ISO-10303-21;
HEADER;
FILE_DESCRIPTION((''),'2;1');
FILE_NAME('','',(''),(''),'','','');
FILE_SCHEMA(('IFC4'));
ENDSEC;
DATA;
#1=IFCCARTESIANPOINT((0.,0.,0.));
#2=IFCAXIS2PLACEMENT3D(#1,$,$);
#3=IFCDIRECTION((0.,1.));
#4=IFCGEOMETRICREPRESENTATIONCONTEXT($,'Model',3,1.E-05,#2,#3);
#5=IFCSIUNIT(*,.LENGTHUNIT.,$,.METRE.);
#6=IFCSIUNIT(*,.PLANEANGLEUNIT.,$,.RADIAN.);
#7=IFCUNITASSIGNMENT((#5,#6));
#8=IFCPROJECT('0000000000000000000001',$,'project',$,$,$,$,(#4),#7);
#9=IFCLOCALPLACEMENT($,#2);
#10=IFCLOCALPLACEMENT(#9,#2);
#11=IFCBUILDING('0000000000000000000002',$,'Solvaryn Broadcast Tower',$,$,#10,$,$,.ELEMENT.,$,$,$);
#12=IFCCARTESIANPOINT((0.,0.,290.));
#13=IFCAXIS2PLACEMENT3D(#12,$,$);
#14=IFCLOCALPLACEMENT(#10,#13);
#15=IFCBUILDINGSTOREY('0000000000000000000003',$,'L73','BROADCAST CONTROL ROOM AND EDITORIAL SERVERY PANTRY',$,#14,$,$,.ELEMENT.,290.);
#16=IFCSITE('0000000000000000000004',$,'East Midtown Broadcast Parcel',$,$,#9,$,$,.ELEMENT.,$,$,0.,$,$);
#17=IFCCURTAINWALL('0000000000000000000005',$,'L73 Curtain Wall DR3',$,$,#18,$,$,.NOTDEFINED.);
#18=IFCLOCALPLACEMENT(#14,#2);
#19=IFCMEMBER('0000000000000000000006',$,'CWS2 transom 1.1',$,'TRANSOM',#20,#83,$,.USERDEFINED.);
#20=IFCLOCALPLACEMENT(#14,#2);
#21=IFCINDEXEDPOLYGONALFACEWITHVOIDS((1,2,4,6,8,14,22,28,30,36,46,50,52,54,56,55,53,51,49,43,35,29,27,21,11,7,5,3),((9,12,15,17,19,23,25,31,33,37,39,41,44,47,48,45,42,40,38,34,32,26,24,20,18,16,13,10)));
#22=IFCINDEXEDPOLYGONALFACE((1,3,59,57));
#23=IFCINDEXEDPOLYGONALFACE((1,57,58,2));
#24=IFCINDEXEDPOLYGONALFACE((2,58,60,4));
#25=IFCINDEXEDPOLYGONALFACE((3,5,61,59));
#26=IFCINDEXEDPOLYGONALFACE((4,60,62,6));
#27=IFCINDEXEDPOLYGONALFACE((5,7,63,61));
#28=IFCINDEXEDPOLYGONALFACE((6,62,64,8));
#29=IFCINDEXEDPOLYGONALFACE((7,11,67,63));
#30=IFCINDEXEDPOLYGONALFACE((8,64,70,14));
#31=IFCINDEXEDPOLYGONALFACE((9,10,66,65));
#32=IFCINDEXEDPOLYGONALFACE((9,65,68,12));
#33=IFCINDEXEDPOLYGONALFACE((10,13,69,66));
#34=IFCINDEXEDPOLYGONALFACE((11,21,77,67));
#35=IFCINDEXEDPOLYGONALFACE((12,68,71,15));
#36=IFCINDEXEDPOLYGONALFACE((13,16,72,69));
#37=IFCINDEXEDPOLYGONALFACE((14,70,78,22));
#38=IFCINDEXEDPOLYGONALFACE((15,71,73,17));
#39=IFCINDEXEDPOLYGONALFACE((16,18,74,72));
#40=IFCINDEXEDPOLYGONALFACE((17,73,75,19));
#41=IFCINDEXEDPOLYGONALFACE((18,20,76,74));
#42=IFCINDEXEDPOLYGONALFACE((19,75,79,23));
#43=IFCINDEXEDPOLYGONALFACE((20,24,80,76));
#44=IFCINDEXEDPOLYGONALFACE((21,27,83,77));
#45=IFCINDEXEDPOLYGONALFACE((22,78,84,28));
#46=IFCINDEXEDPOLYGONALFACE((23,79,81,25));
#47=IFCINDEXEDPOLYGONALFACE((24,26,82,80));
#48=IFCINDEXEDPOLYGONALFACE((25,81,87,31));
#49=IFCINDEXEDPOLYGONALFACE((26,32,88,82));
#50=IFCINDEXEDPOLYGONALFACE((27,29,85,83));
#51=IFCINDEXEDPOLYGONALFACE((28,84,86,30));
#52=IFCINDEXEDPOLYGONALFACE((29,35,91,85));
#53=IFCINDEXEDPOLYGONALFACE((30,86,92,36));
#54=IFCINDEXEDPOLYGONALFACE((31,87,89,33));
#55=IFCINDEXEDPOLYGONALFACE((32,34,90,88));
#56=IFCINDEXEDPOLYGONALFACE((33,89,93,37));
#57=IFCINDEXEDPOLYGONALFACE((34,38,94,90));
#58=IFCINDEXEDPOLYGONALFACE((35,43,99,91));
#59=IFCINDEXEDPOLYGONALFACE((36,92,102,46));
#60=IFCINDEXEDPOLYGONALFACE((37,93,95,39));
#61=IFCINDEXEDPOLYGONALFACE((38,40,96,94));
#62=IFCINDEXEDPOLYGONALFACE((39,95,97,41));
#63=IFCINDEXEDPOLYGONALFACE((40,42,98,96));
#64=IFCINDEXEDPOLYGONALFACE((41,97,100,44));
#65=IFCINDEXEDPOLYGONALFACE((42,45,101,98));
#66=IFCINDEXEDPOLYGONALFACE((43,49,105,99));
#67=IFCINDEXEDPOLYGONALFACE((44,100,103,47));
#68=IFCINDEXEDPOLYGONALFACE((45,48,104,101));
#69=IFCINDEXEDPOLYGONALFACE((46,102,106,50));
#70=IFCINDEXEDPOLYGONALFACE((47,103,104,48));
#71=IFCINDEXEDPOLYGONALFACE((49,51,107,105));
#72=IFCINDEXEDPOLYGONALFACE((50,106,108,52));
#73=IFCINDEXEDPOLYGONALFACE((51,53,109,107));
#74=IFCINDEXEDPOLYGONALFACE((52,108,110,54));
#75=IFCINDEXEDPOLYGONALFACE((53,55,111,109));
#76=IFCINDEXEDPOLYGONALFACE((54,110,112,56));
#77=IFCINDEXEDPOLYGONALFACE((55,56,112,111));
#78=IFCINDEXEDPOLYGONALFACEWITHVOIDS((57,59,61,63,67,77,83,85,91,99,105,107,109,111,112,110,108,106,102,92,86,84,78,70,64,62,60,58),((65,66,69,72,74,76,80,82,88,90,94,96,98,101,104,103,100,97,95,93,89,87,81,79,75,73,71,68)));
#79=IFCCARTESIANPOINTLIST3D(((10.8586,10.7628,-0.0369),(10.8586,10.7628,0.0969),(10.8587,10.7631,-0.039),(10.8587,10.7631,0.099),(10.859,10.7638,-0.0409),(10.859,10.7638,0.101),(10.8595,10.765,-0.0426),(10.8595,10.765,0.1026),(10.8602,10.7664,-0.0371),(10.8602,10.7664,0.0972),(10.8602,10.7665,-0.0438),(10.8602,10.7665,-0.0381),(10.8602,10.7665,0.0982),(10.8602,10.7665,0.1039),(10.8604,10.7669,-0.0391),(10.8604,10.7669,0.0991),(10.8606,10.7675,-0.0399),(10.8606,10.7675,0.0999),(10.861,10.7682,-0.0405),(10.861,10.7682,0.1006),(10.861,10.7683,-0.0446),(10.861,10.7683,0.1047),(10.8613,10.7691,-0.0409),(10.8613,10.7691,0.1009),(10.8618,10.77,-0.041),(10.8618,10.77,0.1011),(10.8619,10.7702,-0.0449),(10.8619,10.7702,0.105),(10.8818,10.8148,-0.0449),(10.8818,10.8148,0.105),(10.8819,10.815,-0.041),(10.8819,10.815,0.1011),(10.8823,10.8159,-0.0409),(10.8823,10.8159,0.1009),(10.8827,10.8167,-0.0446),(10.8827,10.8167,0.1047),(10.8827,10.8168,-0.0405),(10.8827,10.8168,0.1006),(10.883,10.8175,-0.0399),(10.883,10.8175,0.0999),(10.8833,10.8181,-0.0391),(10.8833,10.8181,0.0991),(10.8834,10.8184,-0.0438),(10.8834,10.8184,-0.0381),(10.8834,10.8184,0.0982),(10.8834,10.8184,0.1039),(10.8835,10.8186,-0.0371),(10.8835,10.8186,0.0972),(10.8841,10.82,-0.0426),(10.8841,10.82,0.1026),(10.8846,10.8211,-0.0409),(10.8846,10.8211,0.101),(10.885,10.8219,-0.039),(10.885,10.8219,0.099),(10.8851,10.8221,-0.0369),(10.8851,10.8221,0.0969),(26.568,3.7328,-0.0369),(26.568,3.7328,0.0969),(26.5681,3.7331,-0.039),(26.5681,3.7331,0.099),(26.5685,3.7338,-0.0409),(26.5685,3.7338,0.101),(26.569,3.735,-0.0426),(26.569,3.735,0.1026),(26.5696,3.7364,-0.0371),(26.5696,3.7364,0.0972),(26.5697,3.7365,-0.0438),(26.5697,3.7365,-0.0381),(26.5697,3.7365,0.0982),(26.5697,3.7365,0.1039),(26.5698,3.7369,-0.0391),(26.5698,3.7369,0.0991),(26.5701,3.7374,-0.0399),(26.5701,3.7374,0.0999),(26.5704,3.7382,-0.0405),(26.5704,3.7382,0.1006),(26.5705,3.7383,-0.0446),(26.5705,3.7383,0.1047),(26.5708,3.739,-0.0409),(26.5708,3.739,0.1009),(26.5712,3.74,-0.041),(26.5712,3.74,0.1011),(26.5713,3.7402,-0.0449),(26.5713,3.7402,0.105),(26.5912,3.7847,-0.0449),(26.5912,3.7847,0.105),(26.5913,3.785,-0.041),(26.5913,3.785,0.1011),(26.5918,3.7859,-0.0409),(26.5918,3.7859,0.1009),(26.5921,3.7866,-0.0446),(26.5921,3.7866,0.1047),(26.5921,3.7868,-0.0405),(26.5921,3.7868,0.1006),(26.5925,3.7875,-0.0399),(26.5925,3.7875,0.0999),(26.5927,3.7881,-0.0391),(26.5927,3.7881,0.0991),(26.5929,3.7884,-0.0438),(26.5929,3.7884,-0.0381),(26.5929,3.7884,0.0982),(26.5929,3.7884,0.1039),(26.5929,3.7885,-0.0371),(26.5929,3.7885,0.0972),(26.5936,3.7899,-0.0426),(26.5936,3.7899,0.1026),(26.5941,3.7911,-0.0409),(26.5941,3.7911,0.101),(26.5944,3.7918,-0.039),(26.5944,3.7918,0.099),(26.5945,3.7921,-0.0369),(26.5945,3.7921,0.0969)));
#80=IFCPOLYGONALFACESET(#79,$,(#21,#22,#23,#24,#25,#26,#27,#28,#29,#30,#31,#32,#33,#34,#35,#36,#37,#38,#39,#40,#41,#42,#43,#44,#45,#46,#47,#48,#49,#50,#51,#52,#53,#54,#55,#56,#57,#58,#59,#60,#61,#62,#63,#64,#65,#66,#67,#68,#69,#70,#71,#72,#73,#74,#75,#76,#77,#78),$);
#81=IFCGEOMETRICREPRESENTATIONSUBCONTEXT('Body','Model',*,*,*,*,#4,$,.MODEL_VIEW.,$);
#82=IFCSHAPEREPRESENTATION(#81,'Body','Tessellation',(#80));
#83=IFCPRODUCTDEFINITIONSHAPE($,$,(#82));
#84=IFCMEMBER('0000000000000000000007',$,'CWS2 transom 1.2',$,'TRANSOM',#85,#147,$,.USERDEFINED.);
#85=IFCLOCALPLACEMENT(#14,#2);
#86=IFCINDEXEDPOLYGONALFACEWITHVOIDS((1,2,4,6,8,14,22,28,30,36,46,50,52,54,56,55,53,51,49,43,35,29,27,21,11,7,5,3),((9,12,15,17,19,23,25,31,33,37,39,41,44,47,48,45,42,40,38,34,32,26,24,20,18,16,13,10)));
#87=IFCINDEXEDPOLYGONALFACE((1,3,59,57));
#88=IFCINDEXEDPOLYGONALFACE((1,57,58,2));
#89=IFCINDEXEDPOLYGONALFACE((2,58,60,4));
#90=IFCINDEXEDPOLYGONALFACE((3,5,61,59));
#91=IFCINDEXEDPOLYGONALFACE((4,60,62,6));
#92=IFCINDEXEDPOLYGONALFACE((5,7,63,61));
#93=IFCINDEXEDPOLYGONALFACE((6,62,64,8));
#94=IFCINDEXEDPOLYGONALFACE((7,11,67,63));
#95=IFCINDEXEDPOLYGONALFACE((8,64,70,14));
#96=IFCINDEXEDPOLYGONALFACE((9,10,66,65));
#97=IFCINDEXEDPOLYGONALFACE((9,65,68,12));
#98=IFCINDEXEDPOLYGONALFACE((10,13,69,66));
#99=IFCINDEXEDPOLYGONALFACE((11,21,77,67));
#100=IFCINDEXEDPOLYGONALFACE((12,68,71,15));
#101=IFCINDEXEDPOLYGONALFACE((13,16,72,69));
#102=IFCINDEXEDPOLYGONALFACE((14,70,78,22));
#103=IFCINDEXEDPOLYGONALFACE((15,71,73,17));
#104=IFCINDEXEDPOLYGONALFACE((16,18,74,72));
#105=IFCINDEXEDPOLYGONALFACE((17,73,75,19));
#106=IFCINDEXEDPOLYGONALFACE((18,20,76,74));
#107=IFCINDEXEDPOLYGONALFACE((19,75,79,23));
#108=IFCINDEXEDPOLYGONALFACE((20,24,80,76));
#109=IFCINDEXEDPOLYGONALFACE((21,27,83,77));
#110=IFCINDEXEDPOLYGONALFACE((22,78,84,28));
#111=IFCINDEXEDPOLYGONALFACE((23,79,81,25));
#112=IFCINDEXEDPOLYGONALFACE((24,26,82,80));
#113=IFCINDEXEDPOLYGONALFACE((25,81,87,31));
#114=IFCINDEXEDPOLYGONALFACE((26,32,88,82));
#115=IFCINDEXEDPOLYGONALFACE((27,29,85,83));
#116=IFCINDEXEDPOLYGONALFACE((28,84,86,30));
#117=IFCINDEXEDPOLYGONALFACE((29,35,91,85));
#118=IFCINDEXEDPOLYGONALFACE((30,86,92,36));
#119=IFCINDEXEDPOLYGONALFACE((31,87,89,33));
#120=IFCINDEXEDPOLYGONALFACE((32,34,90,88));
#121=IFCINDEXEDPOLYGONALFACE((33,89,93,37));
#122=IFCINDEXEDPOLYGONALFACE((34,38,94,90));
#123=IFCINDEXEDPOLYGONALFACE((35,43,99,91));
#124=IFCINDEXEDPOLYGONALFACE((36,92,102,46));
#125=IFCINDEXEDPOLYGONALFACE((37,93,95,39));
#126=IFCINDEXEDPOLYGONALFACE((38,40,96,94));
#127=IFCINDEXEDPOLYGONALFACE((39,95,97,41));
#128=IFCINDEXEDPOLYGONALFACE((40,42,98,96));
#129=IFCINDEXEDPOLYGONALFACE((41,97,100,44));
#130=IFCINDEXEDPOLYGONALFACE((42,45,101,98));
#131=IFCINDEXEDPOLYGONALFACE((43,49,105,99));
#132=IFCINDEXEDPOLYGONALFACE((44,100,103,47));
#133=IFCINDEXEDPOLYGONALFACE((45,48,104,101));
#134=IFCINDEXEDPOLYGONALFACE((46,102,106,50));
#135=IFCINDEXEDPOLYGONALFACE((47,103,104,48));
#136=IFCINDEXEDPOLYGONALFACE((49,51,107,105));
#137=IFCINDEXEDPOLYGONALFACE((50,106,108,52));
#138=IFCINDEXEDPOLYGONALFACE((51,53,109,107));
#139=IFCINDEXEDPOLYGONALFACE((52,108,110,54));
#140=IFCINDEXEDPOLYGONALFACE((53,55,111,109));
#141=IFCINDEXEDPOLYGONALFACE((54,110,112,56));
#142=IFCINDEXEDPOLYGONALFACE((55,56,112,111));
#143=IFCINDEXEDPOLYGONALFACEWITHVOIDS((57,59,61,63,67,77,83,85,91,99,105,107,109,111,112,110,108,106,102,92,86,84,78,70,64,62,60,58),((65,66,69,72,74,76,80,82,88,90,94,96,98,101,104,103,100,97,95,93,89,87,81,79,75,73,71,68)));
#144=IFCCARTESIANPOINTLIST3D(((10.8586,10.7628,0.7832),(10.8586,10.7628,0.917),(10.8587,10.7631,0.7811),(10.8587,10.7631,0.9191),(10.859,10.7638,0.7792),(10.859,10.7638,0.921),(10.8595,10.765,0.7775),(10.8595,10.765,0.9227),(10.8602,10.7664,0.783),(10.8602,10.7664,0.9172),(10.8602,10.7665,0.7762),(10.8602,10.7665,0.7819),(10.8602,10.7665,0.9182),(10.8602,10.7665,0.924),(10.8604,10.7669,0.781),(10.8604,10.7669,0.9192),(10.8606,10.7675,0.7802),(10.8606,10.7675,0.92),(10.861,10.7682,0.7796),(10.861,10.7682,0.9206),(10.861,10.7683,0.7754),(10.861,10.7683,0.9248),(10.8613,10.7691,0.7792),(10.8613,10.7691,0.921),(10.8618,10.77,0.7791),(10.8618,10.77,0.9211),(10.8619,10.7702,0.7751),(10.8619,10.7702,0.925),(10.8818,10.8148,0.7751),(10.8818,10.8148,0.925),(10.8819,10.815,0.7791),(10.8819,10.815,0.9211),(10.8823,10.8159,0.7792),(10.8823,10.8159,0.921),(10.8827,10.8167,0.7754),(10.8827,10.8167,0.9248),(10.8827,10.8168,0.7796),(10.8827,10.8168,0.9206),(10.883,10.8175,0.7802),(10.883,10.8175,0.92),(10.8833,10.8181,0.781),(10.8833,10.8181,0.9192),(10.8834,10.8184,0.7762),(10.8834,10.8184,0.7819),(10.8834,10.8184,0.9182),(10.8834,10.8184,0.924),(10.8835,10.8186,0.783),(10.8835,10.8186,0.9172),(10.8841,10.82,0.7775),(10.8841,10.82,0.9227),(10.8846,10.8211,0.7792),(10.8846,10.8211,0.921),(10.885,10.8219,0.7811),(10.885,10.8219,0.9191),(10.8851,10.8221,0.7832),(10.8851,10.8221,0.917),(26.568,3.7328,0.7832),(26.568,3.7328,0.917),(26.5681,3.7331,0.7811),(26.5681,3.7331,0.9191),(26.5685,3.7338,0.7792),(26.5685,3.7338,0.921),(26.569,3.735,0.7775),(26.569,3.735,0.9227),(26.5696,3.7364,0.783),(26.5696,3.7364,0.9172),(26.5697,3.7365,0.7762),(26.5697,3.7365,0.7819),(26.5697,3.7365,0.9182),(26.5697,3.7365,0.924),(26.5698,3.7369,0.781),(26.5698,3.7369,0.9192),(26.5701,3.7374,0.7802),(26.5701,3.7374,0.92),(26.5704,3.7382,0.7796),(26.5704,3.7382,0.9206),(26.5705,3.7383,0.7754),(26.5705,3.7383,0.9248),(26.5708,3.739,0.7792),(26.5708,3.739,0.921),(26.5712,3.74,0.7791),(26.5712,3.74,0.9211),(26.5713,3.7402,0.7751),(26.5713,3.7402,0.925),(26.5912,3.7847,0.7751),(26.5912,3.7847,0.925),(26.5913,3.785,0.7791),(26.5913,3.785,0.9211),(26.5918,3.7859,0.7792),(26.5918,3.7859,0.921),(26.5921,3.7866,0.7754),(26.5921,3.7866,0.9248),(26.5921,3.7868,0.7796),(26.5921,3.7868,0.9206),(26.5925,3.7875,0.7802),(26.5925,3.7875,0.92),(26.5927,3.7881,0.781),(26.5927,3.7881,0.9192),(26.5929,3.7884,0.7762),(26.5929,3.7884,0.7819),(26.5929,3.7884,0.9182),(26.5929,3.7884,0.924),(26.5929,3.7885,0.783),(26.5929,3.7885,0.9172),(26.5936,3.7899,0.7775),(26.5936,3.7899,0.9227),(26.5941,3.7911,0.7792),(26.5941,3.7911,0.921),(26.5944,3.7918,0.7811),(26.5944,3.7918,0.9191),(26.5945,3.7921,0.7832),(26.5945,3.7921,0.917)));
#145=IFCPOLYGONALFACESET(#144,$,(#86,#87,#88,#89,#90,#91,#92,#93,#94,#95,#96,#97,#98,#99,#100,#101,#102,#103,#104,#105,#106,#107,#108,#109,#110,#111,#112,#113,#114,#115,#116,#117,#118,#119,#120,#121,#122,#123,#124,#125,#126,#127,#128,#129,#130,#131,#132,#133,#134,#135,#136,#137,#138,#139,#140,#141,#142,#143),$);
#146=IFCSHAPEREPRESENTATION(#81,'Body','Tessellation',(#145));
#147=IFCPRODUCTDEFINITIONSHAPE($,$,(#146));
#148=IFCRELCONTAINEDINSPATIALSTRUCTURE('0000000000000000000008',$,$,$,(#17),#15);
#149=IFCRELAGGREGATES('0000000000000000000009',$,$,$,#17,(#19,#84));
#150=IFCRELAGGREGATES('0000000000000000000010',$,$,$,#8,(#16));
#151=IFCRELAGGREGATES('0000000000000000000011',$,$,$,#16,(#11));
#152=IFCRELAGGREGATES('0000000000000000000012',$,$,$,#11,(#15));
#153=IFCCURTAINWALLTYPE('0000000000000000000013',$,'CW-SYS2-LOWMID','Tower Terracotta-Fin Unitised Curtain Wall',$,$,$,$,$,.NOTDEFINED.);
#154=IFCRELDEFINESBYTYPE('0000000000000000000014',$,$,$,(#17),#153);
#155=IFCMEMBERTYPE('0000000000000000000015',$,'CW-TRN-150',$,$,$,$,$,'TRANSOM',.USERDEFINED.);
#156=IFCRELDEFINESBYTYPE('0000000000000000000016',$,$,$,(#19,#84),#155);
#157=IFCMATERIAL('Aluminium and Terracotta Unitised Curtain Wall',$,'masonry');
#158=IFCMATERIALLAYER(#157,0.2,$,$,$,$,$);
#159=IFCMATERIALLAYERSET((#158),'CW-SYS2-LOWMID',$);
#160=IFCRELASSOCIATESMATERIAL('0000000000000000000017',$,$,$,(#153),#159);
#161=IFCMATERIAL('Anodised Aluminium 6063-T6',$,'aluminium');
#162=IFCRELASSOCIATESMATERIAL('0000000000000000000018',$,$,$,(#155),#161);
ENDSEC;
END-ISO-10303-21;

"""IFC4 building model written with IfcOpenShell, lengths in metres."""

from ifc_helpers import new_model, si_unit, direction, frame, origin, origin_2d, place, context, subcontext, project, spatial, hollow_rectangle, extrude, material, layer, layer_set, material_profile, profile_set, type_object, element, aggregate, save


model = new_model("IFC4")

# Units and contexts
model_context = context("Model", 3, precision=1e-05, world=origin(), true_north=direction((0.0, 1.0)))
body_context = subcontext(model_context, "Body", "Model", "MODEL_VIEW")
ifc_project = project(units=[si_unit("LENGTHUNIT", "METRE"), si_unit("PLANEANGLEUNIT", "RADIAN")], contexts=[model_context])

# Site, building, storey
site_placement = place(None, origin())
site = spatial("IfcSite", under=ifc_project, at=site_placement, Name="East Midtown Broadcast Parcel", CompositionType="ELEMENT", RefElevation=0.0)
building_placement = place(site_placement, origin())
building = spatial("IfcBuilding", under=site, at=building_placement, Name="Solvaryn Broadcast Tower", CompositionType="ELEMENT")
storey_placement = place(building_placement, frame((0.0, 0.0, 290.0)))
storey = spatial("IfcBuildingStorey", under=building, at=storey_placement, Name="L73", Description="BROADCAST CONTROL ROOM AND EDITORIAL SERVERY PANTRY", CompositionType="ELEMENT", Elevation=290.0)

# Curtain wall, members
ifc_material_1 = material(Name="Aluminium and Terracotta Unitised Curtain Wall", Category="masonry")
ifc_layer_1 = layer(ifc_material_1, 0.2)
ifc_layer_set_1 = layer_set([ifc_layer_1], Name="CW-SYS2-LOWMID")
curtain_wall_type_1 = type_object("IfcCurtainWallType", Name="CW-SYS2-LOWMID", Description="Tower Terracotta-Fin Unitised Curtain Wall", PredefinedType="NOTDEFINED", material=ifc_layer_set_1)
curtain_wall_1_placement = place(storey_placement, origin())
curtain_wall_1 = element("IfcCurtainWall", 1, at=curtain_wall_1_placement, inside=storey, type_object=curtain_wall_type_1, Name="L73 Curtain Wall DR3", PredefinedType="NOTDEFINED")
ifc_material_2 = material(Name="Anodised Aluminium 6063-T6", Category="aluminium")
ifc_material_profile_1 = material_profile(ifc_material_2, hollow_rectangle(XDim=0.0649, YDim=0.1499, WallThickness=0.0039, InnerFilletRadius=0.0039, OuterFilletRadius=0.0081, at=origin_2d()))
ifc_profile_set_1 = profile_set([ifc_material_profile_1], Name="Anodised Aluminium 6063-T6")
member_type_1 = type_object("IfcMemberType", Name="CW-TRN-150", ElementType="TRANSOM", PredefinedType="USERDEFINED", material=ifc_profile_set_1)
member_1_placement = place(storey_placement, frame((10.8718, 10.7925, 0.03), z_axis=(0.912773, -0.408468, 0.0), x_axis=(0.408468, 0.912773, 0.0)))
member_1 = element("IfcMember", 2, at=member_1_placement, type_object=member_type_1, Name="CWS2 transom 1.1", ObjectType="TRANSOM", PredefinedType="USERDEFINED", context=body_context, shape_type="SweptSolid", body=[
    extrude(hollow_rectangle(XDim=0.0649, YDim=0.1499, WallThickness=0.0039, InnerFilletRadius=0.0039, OuterFilletRadius=0.0081, at=origin_2d()), origin(), (0.0, 0.0, 1.0), 17.2107),
])
member_2_placement = place(storey_placement, frame((10.8718, 10.7925, 0.8501), z_axis=(0.912773, -0.408468, 0.0), x_axis=(0.408468, 0.912773, 0.0)))
member_2 = element("IfcMember", 3, at=member_2_placement, type_object=member_type_1, Name="CWS2 transom 1.2", ObjectType="TRANSOM", PredefinedType="USERDEFINED", context=body_context, shape_type="SweptSolid", body=[
    extrude(hollow_rectangle(XDim=0.0649, YDim=0.1499, WallThickness=0.0039, InnerFilletRadius=0.0039, OuterFilletRadius=0.0081, at=origin_2d()), origin(), (0.0, 0.0, 1.0), 17.2107),
])
aggregate(curtain_wall_1, [member_1, member_2])

save(model, "model.ifc")
